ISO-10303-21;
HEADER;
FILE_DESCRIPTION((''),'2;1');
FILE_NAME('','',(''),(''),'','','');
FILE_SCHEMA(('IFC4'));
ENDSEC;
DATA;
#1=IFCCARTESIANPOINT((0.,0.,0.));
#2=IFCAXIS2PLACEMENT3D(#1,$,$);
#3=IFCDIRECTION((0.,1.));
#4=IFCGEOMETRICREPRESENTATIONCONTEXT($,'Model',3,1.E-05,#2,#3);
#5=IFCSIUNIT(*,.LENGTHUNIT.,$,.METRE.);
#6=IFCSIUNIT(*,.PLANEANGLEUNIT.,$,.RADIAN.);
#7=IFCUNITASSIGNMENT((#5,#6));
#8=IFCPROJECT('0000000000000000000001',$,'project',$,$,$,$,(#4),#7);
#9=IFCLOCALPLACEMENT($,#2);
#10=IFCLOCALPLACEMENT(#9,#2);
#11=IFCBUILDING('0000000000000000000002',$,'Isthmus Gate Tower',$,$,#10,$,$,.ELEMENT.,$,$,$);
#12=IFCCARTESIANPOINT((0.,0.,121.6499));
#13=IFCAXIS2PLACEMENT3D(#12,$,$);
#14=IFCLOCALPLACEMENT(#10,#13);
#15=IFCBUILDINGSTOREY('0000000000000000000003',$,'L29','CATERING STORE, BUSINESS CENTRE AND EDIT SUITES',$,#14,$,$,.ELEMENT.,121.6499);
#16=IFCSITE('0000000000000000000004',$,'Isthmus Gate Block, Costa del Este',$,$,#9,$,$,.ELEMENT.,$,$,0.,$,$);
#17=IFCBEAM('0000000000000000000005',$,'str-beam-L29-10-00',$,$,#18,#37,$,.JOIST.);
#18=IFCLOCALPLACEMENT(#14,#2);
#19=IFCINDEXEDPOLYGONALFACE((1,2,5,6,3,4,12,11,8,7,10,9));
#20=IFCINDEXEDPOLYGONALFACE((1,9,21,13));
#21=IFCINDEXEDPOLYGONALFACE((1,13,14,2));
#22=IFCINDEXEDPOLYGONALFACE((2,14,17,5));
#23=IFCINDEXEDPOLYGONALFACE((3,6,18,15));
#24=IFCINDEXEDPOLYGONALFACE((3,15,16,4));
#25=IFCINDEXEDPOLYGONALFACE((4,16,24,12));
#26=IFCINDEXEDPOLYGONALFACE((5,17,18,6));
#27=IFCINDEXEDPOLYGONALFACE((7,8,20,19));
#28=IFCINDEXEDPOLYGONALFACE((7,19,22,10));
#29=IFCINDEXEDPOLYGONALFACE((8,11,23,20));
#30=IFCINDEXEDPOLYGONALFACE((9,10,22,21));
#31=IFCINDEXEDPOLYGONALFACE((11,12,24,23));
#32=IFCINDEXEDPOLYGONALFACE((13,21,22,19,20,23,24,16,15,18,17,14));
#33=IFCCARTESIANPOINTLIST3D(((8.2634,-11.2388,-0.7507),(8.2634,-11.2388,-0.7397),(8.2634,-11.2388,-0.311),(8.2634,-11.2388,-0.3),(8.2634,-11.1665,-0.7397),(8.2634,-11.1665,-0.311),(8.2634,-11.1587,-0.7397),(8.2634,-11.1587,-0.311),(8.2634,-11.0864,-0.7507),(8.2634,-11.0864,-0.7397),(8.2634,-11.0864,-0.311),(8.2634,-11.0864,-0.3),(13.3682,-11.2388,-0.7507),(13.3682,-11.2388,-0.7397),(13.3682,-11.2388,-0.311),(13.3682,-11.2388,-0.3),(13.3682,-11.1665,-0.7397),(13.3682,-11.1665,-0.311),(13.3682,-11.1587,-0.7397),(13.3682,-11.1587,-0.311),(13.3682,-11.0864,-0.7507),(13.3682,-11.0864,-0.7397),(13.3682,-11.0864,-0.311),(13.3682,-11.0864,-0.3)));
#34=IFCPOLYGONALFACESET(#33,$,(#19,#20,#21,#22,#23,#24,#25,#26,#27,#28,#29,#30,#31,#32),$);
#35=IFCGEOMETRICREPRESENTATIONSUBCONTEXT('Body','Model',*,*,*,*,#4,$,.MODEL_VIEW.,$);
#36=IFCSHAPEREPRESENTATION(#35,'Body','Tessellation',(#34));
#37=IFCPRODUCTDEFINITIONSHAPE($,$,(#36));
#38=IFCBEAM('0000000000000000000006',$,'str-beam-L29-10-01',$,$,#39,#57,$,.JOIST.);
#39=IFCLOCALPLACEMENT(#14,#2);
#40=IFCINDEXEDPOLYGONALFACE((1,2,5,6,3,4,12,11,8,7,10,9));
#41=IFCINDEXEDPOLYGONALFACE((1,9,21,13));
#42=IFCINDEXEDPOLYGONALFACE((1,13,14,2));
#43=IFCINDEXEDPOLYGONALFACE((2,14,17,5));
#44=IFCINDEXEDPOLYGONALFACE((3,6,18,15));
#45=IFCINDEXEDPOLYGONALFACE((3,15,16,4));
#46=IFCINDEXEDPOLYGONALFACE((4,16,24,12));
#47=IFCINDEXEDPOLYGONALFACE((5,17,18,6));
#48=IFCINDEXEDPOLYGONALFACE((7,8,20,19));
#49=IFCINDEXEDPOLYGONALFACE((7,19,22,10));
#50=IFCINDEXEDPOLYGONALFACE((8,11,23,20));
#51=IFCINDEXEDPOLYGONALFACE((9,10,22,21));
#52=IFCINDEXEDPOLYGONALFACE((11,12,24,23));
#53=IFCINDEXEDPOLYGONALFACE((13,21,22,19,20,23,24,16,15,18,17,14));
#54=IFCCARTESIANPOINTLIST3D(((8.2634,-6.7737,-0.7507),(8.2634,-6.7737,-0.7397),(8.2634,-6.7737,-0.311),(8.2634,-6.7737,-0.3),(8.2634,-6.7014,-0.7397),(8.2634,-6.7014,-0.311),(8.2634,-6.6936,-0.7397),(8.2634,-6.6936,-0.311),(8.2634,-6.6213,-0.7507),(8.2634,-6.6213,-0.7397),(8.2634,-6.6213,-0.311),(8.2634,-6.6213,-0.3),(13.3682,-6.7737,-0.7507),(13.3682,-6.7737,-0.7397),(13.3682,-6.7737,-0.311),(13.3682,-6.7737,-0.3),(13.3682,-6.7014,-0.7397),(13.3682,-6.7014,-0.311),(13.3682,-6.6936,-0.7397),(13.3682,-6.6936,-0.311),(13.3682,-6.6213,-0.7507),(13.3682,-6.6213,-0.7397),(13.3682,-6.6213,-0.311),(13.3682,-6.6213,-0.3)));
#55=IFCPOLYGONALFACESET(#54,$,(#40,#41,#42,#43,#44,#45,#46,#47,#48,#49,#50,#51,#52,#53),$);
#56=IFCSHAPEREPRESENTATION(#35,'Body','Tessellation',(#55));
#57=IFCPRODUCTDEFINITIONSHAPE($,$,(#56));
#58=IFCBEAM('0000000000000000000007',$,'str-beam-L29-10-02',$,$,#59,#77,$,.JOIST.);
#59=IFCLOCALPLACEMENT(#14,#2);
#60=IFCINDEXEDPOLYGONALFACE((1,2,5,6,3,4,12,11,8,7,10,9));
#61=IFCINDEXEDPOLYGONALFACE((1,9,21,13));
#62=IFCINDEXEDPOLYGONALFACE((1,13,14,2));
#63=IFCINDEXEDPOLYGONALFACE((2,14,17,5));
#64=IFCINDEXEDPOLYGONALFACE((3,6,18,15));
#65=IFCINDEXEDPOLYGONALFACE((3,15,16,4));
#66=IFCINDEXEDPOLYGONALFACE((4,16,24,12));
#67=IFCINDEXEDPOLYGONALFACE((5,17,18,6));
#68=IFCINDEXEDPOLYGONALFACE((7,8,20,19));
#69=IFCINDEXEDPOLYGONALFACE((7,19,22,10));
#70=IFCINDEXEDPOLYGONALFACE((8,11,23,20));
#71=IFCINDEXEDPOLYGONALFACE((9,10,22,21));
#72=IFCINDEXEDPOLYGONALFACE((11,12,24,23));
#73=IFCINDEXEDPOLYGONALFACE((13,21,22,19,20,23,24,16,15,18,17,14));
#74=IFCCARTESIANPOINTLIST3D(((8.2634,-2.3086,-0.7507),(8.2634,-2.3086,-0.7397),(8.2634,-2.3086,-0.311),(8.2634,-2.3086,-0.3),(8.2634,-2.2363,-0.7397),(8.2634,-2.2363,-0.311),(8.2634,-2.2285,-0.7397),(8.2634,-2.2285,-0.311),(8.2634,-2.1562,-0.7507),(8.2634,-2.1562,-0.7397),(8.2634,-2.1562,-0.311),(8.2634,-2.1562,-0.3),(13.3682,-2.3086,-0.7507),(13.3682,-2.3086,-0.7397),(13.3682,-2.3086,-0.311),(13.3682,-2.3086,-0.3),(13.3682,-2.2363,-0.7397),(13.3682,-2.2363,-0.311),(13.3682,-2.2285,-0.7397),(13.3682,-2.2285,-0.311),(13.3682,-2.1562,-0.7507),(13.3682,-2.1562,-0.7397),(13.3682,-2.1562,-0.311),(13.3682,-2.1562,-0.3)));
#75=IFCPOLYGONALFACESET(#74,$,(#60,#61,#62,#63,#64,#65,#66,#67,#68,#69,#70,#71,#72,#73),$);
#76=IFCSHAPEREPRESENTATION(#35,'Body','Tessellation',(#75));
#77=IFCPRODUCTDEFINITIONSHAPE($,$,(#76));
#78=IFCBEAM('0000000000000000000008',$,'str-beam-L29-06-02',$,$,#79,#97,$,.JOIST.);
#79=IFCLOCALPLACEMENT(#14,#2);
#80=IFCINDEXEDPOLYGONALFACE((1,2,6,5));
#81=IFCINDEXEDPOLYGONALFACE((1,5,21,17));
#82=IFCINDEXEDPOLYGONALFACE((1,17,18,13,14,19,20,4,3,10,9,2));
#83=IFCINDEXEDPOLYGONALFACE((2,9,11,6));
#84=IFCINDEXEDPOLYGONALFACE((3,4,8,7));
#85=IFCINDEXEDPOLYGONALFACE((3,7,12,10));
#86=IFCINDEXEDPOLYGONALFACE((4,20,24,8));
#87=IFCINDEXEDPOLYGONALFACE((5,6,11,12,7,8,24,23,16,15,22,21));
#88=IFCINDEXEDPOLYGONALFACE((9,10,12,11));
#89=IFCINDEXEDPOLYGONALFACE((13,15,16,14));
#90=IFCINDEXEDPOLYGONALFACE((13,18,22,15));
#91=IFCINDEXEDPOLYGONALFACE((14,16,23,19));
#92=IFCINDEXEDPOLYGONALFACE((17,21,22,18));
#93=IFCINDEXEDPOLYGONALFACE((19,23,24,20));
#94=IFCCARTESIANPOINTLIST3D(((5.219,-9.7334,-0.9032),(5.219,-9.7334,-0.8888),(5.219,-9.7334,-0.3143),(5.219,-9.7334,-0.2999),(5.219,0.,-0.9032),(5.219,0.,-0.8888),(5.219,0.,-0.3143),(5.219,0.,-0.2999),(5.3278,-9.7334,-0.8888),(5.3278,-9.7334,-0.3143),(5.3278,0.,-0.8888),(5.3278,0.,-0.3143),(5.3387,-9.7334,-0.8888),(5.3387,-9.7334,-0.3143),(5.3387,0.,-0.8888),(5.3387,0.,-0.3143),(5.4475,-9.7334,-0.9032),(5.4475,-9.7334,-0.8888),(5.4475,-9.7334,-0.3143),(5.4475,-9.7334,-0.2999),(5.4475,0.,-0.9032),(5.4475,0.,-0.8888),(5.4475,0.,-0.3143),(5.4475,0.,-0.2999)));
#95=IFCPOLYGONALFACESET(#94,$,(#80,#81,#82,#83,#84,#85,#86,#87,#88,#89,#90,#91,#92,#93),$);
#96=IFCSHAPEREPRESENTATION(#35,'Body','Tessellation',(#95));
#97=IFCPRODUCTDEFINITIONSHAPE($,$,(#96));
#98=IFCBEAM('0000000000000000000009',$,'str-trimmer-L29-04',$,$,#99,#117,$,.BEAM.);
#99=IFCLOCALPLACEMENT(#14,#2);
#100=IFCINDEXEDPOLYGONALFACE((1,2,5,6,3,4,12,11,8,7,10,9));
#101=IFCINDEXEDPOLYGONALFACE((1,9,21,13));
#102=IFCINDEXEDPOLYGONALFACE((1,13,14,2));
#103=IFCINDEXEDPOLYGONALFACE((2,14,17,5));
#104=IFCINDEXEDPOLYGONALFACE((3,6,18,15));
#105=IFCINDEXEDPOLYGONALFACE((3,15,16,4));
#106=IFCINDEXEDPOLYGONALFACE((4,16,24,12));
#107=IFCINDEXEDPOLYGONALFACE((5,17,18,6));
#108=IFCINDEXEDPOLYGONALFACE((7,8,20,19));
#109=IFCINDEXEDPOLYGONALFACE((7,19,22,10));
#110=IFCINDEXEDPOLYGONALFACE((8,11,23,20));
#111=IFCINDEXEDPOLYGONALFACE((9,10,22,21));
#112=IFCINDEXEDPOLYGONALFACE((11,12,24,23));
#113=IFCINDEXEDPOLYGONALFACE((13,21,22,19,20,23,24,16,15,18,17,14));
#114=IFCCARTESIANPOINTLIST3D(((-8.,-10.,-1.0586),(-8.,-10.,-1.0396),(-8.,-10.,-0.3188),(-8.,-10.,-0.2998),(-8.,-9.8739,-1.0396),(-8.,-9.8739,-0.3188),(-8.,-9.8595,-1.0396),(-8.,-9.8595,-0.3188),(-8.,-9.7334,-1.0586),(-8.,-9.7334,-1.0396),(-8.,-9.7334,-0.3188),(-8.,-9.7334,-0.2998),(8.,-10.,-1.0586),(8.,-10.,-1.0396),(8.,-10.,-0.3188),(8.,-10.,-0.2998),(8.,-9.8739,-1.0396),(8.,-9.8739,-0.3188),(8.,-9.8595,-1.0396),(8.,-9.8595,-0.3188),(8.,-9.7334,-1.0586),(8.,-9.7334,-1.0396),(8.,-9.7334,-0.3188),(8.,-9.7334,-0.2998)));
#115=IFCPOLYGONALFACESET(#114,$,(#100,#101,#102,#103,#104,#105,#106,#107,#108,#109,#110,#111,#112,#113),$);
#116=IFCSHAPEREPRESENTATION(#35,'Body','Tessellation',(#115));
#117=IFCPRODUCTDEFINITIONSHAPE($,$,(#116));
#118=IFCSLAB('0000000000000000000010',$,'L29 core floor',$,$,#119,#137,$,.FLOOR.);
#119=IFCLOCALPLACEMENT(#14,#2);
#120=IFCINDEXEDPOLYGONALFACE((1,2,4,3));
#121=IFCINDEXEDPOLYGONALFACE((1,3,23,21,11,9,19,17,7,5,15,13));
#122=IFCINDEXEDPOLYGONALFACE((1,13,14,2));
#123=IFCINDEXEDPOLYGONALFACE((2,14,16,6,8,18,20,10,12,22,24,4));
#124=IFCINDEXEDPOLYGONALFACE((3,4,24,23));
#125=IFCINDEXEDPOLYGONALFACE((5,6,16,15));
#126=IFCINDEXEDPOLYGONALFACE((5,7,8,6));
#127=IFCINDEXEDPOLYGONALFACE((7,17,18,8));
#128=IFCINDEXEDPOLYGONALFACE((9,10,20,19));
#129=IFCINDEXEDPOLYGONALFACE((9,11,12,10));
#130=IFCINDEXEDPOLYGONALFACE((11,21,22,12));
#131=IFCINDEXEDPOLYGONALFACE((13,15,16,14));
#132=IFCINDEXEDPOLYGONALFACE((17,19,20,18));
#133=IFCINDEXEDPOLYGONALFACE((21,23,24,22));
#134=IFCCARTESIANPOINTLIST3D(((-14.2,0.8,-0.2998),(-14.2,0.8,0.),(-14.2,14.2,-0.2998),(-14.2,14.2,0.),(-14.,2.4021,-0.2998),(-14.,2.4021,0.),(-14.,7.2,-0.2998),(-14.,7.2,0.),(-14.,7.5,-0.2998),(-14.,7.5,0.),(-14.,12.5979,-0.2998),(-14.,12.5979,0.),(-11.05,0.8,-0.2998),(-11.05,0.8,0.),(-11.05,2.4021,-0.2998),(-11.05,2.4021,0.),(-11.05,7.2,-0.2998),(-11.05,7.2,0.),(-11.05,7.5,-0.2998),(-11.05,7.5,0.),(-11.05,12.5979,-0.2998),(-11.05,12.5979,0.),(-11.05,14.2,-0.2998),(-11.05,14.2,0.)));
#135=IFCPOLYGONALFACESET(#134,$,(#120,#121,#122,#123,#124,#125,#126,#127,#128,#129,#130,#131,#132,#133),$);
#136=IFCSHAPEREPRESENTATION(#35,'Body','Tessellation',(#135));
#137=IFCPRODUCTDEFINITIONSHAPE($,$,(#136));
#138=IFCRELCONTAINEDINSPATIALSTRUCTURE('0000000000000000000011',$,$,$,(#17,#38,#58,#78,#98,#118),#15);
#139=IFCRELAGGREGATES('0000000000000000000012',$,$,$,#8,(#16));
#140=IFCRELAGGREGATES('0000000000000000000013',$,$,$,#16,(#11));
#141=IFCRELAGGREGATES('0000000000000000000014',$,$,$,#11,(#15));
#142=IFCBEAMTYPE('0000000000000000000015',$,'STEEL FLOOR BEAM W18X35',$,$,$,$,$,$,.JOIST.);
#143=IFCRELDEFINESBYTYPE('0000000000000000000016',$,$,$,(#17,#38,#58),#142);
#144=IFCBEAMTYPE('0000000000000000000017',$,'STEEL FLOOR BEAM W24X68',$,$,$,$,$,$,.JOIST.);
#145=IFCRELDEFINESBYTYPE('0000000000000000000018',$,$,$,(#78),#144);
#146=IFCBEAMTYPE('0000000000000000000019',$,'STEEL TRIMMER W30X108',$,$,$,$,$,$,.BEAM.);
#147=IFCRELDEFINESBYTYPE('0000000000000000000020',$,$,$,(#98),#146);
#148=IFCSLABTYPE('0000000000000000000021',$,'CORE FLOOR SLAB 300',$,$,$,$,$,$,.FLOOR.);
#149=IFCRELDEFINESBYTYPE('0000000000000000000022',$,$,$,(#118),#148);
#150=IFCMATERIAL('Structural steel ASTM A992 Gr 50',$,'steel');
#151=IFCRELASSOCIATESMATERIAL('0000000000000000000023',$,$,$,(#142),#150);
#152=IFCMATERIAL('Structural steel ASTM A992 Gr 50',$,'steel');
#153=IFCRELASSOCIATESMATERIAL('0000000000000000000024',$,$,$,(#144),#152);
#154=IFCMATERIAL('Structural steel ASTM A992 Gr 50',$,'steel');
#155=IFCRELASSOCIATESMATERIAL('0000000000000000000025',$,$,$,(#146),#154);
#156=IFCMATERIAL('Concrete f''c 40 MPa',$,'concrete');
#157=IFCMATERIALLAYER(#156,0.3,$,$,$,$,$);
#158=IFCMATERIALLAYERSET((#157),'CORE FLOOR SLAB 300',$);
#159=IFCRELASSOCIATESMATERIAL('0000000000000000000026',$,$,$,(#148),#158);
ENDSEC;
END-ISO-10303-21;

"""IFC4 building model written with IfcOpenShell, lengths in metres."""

from ifc_helpers import new_model, si_unit, direction, frame, origin, origin_2d, place, context, subcontext, project, spatial, polyline, i_section, outline, extrude, material, layer, layer_set, material_profile, profile_set, type_object, element, save


model = new_model("IFC4")

# Units and contexts
model_context = context("Model", 3, precision=1e-05, world=origin(), true_north=direction((0.0, 1.0)))
body_context = subcontext(model_context, "Body", "Model", "MODEL_VIEW")
ifc_project = project(units=[si_unit("LENGTHUNIT", "METRE"), si_unit("PLANEANGLEUNIT", "RADIAN")], contexts=[model_context])

# Site, building, storey
site_placement = place(None, origin())
site = spatial("IfcSite", under=ifc_project, at=site_placement, Name="Isthmus Gate Block, Costa del Este", CompositionType="ELEMENT", RefElevation=0.0)
building_placement = place(site_placement, origin())
building = spatial("IfcBuilding", under=site, at=building_placement, Name="Isthmus Gate Tower", CompositionType="ELEMENT")
storey_placement = place(building_placement, frame((0.0, 0.0, 121.6499)))
storey = spatial("IfcBuildingStorey", under=building, at=storey_placement, Name="L29", Description="CATERING STORE, BUSINESS CENTRE AND EDIT SUITES", CompositionType="ELEMENT", Elevation=121.6499)

# Beams
ifc_material_1 = material(Name="Structural steel ASTM A992 Gr 50", Category="steel")
ifc_material_profile_1 = material_profile(ifc_material_1, i_section(OverallWidth=0.1523, OverallDepth=0.4507, WebThickness=0.0078, FlangeThickness=0.011, at=origin_2d()), Name="W18X35")
ifc_profile_set_1 = profile_set([ifc_material_profile_1], Name="Structural steel ASTM A992 Gr 50")
beam_type_1 = type_object("IfcBeamType", Name="STEEL FLOOR BEAM W18X35", PredefinedType="JOIST", material=ifc_profile_set_1)
for number, where, z_axis, x_axis, name in (
    (1, (8.2634, -11.1626, -0.5254), (1.0, 0.0, 0.0), (0.0, 1.0, 0.0), "str-beam-L29-10-00"),
    (2, (8.2634, -6.6975, -0.5254), (1.0, 0.0, 0.0), (0.0, 1.0, 0.0), "str-beam-L29-10-01"),
    (3, (8.2634, -2.2324, -0.5254), (1.0, 0.0, 0.0), (0.0, 1.0, 0.0), "str-beam-L29-10-02"),
):
    element("IfcBeam", number, at=place(storey_placement, frame(where, z_axis=z_axis, x_axis=x_axis)), inside=storey, type_object=beam_type_1, Name=name, PredefinedType="JOIST", context=body_context, shape_type="SweptSolid", body=[
        extrude(i_section(OverallWidth=0.1523, OverallDepth=0.4507, WebThickness=0.0078, FlangeThickness=0.011, at=origin_2d()), origin(), (0.0, 0.0, 1.0), 5.1047),
    ])
ifc_material_2 = material(Name="Structural steel ASTM A992 Gr 50", Category="steel")
ifc_material_profile_2 = material_profile(ifc_material_2, i_section(OverallWidth=0.2285, OverallDepth=0.6033, WebThickness=0.011, FlangeThickness=0.0144, at=origin_2d()), Name="W24X68")
ifc_profile_set_2 = profile_set([ifc_material_profile_2], Name="Structural steel ASTM A992 Gr 50")
beam_type_2 = type_object("IfcBeamType", Name="STEEL FLOOR BEAM W24X68", PredefinedType="JOIST", material=ifc_profile_set_2)
beam_1_placement = place(storey_placement, frame((5.3333, -9.7334, -0.6016), z_axis=(0.0, 1.0, 0.0), x_axis=(-1.0, 0.0, 0.0)))
element("IfcBeam", 4, at=beam_1_placement, inside=storey, type_object=beam_type_2, Name="str-beam-L29-06-02", PredefinedType="JOIST", context=body_context, shape_type="SweptSolid", body=[
    extrude(i_section(OverallWidth=0.2285, OverallDepth=0.6033, WebThickness=0.011, FlangeThickness=0.0144, at=origin_2d()), origin(), (0.0, 0.0, 1.0), 9.7334),
])
ifc_material_3 = material(Name="Structural steel ASTM A992 Gr 50", Category="steel")
ifc_material_profile_3 = material_profile(ifc_material_3, i_section(OverallWidth=0.2666, OverallDepth=0.7588, WebThickness=0.0144, FlangeThickness=0.019, at=origin_2d()), Name="W30X108")
ifc_profile_set_3 = profile_set([ifc_material_profile_3], Name="Structural steel ASTM A992 Gr 50")
beam_type_3 = type_object("IfcBeamType", Name="STEEL TRIMMER W30X108", PredefinedType="BEAM", material=ifc_profile_set_3)
beam_2_placement = place(storey_placement, frame((8.0, -9.8667, -0.6792), z_axis=(-1.0, 0.0, 0.0), x_axis=(0.0, -1.0, 0.0)))
element("IfcBeam", 5, at=beam_2_placement, inside=storey, type_object=beam_type_3, Name="str-trimmer-L29-04", PredefinedType="BEAM", context=body_context, shape_type="SweptSolid", body=[
    extrude(i_section(OverallWidth=0.2666, OverallDepth=0.7588, WebThickness=0.0144, FlangeThickness=0.019, at=origin_2d()), origin(), (0.0, 0.0, 1.0), 16.0),
])

# Slab
ifc_material_4 = material(Name="Concrete f'c 40 MPa", Category="concrete")
ifc_layer_1 = layer(ifc_material_4, 0.3)
ifc_layer_set_1 = layer_set([ifc_layer_1], Name="CORE FLOOR SLAB 300")
slab_type_1 = type_object("IfcSlabType", Name="CORE FLOOR SLAB 300", PredefinedType="FLOOR", material=ifc_layer_set_1)
slab_1_placement = place(storey_placement, frame((0.0, 0.0, -0.2998)))
element("IfcSlab", 6, at=slab_1_placement, inside=storey, type_object=slab_type_1, Name="L29 core floor", PredefinedType="FLOOR", context=body_context, shape_type="SweptSolid", body=[
    extrude(outline(polyline([(-11.05, 0.8), (-11.05, 2.4021), (-14.0, 2.4021), (-14.0, 7.2), (-11.05, 7.2), (-11.05, 7.5), (-14.0, 7.5), (-14.0, 12.5979), (-11.05, 12.5979), (-11.05, 14.2), (-14.2, 14.2), (-14.2, 0.8), (-11.05, 0.8)])), origin(), (0.0, 0.0, 1.0), 0.2998),
])

save(model, "model.ifc")
